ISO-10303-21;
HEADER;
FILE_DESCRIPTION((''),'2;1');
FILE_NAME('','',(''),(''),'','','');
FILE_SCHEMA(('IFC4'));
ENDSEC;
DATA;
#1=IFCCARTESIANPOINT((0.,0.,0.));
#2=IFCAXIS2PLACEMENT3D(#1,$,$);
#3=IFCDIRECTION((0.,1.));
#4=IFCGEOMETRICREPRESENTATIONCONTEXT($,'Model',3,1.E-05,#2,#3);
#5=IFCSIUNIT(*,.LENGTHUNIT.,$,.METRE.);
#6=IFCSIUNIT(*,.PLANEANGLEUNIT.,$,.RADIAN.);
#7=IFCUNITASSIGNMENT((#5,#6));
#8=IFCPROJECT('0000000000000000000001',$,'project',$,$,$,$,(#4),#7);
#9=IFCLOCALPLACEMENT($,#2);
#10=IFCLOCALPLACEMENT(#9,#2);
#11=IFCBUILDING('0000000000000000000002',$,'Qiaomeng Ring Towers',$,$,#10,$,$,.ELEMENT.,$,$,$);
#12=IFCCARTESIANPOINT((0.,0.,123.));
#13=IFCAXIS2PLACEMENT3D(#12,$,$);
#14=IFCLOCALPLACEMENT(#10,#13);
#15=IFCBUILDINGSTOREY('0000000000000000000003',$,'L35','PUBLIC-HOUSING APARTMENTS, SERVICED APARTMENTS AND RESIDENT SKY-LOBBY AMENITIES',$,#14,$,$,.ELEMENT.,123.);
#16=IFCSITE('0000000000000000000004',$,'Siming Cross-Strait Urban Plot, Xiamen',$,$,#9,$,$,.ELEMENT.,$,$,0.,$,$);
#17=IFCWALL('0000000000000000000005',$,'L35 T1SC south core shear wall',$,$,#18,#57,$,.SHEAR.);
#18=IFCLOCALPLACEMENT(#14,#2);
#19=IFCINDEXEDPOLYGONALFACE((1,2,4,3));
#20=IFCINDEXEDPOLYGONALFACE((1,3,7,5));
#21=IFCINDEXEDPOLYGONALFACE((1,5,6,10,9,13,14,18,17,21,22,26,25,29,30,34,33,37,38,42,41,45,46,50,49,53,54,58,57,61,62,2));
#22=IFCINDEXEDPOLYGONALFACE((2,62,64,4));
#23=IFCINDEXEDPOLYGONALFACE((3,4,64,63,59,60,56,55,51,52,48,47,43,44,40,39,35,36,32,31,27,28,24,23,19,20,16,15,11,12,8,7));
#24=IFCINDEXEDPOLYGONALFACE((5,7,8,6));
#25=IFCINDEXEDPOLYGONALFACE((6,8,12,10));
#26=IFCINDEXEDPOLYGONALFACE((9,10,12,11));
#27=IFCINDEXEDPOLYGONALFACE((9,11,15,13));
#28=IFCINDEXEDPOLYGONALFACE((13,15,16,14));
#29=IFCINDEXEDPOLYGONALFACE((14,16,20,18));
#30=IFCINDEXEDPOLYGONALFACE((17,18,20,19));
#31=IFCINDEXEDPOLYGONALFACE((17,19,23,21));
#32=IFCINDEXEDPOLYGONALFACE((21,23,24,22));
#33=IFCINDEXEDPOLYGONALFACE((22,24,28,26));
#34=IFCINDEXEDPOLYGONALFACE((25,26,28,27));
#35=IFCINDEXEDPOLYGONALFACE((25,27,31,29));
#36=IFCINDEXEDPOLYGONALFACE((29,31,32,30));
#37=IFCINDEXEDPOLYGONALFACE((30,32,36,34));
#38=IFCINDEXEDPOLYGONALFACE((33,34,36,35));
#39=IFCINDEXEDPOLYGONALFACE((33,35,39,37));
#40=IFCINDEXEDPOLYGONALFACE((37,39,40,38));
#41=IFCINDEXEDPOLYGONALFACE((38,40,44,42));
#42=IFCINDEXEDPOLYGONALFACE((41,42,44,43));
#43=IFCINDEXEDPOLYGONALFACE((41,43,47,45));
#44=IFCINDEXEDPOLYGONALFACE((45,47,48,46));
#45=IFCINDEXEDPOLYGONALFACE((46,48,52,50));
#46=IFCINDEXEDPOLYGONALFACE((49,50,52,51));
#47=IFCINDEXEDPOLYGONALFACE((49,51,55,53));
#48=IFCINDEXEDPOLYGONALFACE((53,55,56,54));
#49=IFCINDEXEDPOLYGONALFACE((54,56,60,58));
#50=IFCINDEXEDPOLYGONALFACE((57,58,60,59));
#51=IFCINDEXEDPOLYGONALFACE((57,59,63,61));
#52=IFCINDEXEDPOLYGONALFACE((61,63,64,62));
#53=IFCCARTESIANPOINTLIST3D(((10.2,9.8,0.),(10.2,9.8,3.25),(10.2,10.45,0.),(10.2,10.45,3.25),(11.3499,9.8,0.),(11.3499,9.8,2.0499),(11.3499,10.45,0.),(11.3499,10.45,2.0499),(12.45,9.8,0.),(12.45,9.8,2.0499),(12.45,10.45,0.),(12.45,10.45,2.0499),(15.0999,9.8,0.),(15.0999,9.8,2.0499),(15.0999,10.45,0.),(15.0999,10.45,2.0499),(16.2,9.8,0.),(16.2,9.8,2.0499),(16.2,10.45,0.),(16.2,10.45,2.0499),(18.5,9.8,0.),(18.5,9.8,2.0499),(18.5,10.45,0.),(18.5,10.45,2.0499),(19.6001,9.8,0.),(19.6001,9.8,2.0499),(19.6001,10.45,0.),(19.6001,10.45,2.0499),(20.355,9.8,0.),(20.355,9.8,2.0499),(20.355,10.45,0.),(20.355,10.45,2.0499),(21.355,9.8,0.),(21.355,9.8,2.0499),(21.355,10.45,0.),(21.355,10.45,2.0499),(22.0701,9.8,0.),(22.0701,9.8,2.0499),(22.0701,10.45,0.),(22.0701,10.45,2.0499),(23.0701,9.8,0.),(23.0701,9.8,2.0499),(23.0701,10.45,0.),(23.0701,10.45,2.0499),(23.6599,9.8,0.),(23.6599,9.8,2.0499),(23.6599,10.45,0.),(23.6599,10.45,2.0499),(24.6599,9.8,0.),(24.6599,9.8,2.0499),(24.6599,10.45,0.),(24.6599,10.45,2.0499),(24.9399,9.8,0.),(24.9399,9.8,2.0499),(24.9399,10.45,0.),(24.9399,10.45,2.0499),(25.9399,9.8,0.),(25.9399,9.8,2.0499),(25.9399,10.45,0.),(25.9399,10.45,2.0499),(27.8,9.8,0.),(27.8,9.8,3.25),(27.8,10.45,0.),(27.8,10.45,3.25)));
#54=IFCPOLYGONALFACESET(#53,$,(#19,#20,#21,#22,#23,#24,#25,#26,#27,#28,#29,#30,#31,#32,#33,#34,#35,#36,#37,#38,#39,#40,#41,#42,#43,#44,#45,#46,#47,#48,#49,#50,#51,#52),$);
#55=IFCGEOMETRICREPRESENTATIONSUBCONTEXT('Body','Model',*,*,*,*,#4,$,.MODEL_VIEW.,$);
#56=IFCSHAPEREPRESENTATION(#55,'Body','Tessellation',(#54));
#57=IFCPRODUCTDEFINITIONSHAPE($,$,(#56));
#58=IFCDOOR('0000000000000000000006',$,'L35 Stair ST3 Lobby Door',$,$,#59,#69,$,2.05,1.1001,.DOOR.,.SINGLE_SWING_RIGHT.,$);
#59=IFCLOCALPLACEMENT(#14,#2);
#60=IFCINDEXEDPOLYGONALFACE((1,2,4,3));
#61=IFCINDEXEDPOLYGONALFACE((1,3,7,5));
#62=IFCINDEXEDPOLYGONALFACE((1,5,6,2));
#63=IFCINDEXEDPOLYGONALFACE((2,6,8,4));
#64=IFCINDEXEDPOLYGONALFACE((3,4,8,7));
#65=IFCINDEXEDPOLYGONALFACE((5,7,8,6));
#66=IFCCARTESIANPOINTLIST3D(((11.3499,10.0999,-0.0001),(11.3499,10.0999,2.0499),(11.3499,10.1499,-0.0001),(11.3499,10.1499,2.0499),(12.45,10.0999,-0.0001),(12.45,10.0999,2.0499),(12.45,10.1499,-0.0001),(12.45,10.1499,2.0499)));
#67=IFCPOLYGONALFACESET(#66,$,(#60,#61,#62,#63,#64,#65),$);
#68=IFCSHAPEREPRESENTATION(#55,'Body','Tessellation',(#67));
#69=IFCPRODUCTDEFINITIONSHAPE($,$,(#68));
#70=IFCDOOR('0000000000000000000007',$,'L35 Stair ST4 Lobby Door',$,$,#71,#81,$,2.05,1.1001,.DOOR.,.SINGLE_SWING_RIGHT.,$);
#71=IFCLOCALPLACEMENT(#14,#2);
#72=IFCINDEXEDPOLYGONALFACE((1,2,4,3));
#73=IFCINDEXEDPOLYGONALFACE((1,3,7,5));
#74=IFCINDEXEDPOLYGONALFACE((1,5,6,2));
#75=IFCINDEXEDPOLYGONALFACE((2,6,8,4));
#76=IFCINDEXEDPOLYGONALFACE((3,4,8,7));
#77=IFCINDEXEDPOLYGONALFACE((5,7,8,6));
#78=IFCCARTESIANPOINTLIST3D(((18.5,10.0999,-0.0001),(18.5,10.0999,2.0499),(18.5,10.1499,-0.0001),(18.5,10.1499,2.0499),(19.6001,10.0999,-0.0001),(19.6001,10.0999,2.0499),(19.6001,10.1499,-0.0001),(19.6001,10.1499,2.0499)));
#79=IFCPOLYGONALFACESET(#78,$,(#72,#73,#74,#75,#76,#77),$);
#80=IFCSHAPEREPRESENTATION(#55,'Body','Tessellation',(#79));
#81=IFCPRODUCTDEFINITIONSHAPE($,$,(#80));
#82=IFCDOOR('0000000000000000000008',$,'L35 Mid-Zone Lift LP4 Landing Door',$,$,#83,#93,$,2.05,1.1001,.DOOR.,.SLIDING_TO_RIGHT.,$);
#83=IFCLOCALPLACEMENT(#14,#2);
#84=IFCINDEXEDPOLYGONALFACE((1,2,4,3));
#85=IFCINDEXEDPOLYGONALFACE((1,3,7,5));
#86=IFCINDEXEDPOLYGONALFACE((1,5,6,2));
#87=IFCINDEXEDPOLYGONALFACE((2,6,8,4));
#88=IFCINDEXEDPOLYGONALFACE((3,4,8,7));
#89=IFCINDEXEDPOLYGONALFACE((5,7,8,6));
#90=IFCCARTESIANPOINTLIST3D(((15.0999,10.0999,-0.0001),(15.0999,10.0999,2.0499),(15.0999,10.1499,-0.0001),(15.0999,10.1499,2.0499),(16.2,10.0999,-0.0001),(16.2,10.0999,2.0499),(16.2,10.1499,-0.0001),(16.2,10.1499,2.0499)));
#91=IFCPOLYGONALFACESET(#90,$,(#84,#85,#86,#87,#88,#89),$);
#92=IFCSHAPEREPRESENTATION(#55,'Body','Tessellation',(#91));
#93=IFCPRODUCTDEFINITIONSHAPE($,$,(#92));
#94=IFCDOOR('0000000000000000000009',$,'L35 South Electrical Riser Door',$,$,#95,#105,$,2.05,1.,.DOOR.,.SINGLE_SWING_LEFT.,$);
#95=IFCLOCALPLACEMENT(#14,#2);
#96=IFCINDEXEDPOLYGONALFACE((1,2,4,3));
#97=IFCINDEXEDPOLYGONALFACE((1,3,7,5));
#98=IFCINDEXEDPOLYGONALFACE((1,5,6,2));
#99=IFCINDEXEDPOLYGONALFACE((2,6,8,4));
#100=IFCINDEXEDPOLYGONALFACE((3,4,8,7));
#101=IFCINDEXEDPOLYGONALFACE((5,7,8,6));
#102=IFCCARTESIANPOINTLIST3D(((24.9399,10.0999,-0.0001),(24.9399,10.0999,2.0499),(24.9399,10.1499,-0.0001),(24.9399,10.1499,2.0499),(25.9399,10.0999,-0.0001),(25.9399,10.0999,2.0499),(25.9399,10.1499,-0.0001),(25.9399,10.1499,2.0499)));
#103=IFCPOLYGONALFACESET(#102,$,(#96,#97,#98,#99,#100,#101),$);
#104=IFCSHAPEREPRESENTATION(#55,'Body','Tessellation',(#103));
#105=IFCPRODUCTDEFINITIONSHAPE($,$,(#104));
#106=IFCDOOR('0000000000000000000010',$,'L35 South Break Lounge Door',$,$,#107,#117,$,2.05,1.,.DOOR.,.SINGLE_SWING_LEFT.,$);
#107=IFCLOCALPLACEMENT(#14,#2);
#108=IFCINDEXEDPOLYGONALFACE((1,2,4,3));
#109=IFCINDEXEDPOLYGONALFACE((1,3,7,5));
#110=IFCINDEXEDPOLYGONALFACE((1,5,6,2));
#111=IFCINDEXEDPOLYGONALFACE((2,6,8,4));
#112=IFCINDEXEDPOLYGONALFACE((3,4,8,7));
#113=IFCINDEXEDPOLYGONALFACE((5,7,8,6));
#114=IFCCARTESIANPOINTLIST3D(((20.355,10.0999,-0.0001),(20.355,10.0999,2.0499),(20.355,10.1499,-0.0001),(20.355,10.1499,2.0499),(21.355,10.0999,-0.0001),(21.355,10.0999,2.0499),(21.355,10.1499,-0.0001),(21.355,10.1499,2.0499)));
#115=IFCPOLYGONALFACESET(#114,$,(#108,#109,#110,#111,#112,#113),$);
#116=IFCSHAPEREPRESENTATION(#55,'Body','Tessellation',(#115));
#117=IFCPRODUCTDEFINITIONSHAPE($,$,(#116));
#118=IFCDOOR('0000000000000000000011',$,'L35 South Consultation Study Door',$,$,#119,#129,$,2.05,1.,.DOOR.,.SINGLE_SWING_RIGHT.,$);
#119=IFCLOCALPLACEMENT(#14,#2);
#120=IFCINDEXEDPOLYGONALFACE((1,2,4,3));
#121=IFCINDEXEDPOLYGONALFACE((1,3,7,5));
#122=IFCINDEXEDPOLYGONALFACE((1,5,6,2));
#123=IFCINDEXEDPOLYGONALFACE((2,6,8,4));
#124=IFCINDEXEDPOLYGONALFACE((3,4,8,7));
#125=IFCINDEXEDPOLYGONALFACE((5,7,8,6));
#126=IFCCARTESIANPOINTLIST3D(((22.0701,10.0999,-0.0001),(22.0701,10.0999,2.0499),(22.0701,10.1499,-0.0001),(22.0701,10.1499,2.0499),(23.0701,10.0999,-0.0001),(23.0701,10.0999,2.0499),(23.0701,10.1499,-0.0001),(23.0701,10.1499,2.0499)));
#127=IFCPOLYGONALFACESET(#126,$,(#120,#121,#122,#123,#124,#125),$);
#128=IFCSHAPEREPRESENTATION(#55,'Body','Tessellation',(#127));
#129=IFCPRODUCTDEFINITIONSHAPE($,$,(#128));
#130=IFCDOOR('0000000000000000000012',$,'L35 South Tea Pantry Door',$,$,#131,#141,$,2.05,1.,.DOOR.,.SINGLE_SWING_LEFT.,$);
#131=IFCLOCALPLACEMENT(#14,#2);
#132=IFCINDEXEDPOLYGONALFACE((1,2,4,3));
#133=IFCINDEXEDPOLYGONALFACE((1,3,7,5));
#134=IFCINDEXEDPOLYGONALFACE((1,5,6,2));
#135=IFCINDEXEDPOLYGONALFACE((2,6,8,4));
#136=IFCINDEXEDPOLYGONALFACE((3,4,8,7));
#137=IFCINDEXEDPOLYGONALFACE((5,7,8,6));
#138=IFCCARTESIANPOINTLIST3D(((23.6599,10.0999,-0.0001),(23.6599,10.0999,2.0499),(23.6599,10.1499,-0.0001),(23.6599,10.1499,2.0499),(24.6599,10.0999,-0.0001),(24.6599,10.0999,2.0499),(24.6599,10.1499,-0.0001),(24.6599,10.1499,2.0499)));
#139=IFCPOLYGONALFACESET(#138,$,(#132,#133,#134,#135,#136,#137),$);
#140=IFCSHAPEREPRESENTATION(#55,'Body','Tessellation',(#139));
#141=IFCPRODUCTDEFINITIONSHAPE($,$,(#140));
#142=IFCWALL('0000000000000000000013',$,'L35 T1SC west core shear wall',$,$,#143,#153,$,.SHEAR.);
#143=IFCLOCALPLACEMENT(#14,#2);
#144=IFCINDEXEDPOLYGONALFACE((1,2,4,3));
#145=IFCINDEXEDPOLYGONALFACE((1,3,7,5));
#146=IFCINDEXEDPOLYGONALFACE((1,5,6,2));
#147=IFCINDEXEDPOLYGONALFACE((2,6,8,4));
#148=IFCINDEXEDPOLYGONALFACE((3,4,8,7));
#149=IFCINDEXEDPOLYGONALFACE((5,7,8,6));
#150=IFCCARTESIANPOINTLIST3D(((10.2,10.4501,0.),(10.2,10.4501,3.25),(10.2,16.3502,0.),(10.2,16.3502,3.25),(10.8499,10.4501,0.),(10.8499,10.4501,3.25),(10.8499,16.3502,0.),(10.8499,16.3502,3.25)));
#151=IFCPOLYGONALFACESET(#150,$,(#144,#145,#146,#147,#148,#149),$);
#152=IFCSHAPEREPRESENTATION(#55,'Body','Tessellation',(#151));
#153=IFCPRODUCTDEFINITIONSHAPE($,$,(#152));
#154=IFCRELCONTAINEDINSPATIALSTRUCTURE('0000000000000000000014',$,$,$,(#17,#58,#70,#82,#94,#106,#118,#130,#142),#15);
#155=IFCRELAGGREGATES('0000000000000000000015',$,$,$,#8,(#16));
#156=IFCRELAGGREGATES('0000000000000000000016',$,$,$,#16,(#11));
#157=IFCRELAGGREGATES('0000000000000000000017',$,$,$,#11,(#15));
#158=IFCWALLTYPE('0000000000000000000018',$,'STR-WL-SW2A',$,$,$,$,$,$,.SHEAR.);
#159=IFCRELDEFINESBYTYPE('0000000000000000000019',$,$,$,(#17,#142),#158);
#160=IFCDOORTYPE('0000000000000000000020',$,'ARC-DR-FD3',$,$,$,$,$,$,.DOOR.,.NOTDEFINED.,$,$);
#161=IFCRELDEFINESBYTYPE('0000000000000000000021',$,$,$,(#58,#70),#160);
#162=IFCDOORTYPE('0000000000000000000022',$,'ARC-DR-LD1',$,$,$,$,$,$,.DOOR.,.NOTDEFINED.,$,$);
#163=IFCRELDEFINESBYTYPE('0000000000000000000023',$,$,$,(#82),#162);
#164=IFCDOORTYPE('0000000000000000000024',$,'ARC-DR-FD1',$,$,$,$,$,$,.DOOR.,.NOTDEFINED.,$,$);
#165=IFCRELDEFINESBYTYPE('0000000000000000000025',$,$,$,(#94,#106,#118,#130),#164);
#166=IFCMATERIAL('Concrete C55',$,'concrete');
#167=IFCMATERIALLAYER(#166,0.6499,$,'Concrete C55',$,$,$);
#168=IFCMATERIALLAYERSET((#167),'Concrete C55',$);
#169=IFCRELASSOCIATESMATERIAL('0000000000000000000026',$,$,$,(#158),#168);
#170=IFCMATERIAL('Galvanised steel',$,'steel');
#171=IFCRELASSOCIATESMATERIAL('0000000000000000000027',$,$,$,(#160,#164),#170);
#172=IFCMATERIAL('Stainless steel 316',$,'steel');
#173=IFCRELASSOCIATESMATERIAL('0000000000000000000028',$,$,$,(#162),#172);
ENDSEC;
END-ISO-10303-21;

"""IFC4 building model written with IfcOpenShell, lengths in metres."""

from ifc_helpers import new_model, si_unit, direction, frame, frame_2d, origin, place, context, subcontext, project, spatial, rectangle, extrude, source, transform, mapped, material, layer, layer_set, type_object, element, fill, save


model = new_model("IFC4")

# Units and contexts
model_context = context("Model", 3, precision=1e-05, world=origin(), true_north=direction((0.0, 1.0)))
body_context = subcontext(model_context, "Body", "Model", "MODEL_VIEW")
ifc_project = project(units=[si_unit("LENGTHUNIT", "METRE"), si_unit("PLANEANGLEUNIT", "RADIAN")], contexts=[model_context])

# Site, building, storey
site_placement = place(None, origin())
site = spatial("IfcSite", under=ifc_project, at=site_placement, Name="Siming Cross-Strait Urban Plot, Xiamen", CompositionType="ELEMENT", RefElevation=0.0)
building_placement = place(site_placement, origin())
building = spatial("IfcBuilding", under=site, at=building_placement, Name="Qiaomeng Ring Towers", CompositionType="ELEMENT")
storey_placement = place(building_placement, frame((0.0, 0.0, 123.0)))
storey = spatial("IfcBuildingStorey", under=building, at=storey_placement, Name="L35", Description="PUBLIC-HOUSING APARTMENTS, SERVICED APARTMENTS AND RESIDENT SKY-LOBBY AMENITIES", CompositionType="ELEMENT", Elevation=123.0)

# Shared definitions
shared_shape_1 = source(origin(), body_context, "Body", "SweptSolid", [
    extrude(rectangle(XDim=1.0, YDim=2.05, at=frame_2d((0.5, 1.0249))), frame((0.0, 0.0249, 0.0), z_axis=(0.0, -1.0, 0.0), x_axis=(1.0, 0.0, 0.0)), (0.0, 0.0, 1.0), 0.05),
])

# Wall, openings, doors
ifc_material_1 = material(Name="Concrete C55", Category="concrete")
ifc_layer_1 = layer(ifc_material_1, 0.6499, Name="Concrete C55")
ifc_layer_set_1 = layer_set([ifc_layer_1], Name="Concrete C55")
wall_type_1 = type_object("IfcWallType", Name="STR-WL-SW2A", PredefinedType="SHEAR", material=ifc_layer_set_1)
wall_1_placement = place(storey_placement, frame((10.2, 10.125, 0.0), z_axis=(0.0, 0.0, 1.0), x_axis=(1.0, 0.0, 0.0)))
wall_1 = element("IfcWall", 1, at=wall_1_placement, inside=storey, type_object=wall_type_1, Name="L35 T1SC south core shear wall", PredefinedType="SHEAR", context=body_context, shape_type="SweptSolid", body=[
    extrude(rectangle(XDim=17.6001, YDim=0.6499, at=frame_2d((8.8, 0.0))), origin(), (0.0, 0.0, 1.0), 3.25),
])
opening_1_placement = place(wall_1_placement, frame((1.1499, 0.0, 0.0)))
opening_1 = element("IfcOpeningElement", 2, at=opening_1_placement, cuts=wall_1, PredefinedType="OPENING", context=body_context, shape_type="SweptSolid", body=[
    extrude(rectangle(XDim=1.1001, YDim=2.05, at=frame_2d((0.55, 1.0249))), frame((0.0, 0.335, 0.0), z_axis=(0.0, -1.0, 0.0), x_axis=(1.0, 0.0, 0.0)), (0.0, 0.0, 1.0), 0.6699),
])
opening_2_placement = place(wall_1_placement, frame((8.3, 0.0, 0.0)))
opening_2 = element("IfcOpeningElement", 3, at=opening_2_placement, cuts=wall_1, PredefinedType="OPENING", context=body_context, shape_type="SweptSolid", body=[
    extrude(rectangle(XDim=1.1001, YDim=2.05, at=frame_2d((0.55, 1.0249))), frame((0.0, 0.335, 0.0), z_axis=(0.0, -1.0, 0.0), x_axis=(1.0, 0.0, 0.0)), (0.0, 0.0, 1.0), 0.6699),
])
opening_3_placement = place(wall_1_placement, frame((4.8999, 0.0, 0.0)))
opening_3 = element("IfcOpeningElement", 4, at=opening_3_placement, cuts=wall_1, PredefinedType="OPENING", context=body_context, shape_type="SweptSolid", body=[
    extrude(rectangle(XDim=1.1001, YDim=2.05, at=frame_2d((0.55, 1.0249))), frame((0.0, 0.335, 0.0), z_axis=(0.0, -1.0, 0.0), x_axis=(1.0, 0.0, 0.0)), (0.0, 0.0, 1.0), 0.6699),
])
opening_4_placement = place(wall_1_placement, frame((14.74, 0.0, 0.0)))
opening_4 = element("IfcOpeningElement", 5, at=opening_4_placement, cuts=wall_1, PredefinedType="OPENING", context=body_context, shape_type="SweptSolid", body=[
    extrude(rectangle(XDim=1.0, YDim=2.05, at=frame_2d((0.5, 1.0249))), frame((0.0, 0.335, 0.0), z_axis=(0.0, -1.0, 0.0), x_axis=(1.0, 0.0, 0.0)), (0.0, 0.0, 1.0), 0.6699),
])
opening_5_placement = place(wall_1_placement, frame((10.155, 0.0, 0.0)))
opening_5 = element("IfcOpeningElement", 6, at=opening_5_placement, cuts=wall_1, PredefinedType="OPENING", context=body_context, shape_type="SweptSolid", body=[
    extrude(rectangle(XDim=1.0, YDim=2.05, at=frame_2d((0.5, 1.0249))), frame((0.0, 0.335, 0.0), z_axis=(0.0, -1.0, 0.0), x_axis=(1.0, 0.0, 0.0)), (0.0, 0.0, 1.0), 0.6699),
])
opening_6_placement = place(wall_1_placement, frame((11.8701, 0.0, 0.0)))
opening_6 = element("IfcOpeningElement", 7, at=opening_6_placement, cuts=wall_1, PredefinedType="OPENING", context=body_context, shape_type="SweptSolid", body=[
    extrude(rectangle(XDim=1.0, YDim=2.05, at=frame_2d((0.5, 1.0249))), frame((0.0, 0.335, 0.0), z_axis=(0.0, -1.0, 0.0), x_axis=(1.0, 0.0, 0.0)), (0.0, 0.0, 1.0), 0.6699),
])
opening_7_placement = place(wall_1_placement, frame((13.46, 0.0, 0.0)))
opening_7 = element("IfcOpeningElement", 8, at=opening_7_placement, cuts=wall_1, PredefinedType="OPENING", context=body_context, shape_type="SweptSolid", body=[
    extrude(rectangle(XDim=1.0, YDim=2.05, at=frame_2d((0.5, 1.0249))), frame((0.0, 0.335, 0.0), z_axis=(0.0, -1.0, 0.0), x_axis=(1.0, 0.0, 0.0)), (0.0, 0.0, 1.0), 0.6699),
])
ifc_material_2 = material(Name="Galvanised steel", Category="steel")
door_type_1 = type_object("IfcDoorType", Name="ARC-DR-FD3", OperationType="NOTDEFINED", PredefinedType="DOOR", material=ifc_material_2)
shared_shape_2 = source(origin(), body_context, "Body", "SweptSolid", [
    extrude(rectangle(XDim=1.1001, YDim=2.05, at=frame_2d((0.55, 1.0249))), frame((0.0, 0.0249, 0.0), z_axis=(0.0, -1.0, 0.0), x_axis=(1.0, 0.0, 0.0)), (0.0, 0.0, 1.0), 0.05),
])
door_1_placement = place(opening_1_placement, origin())
door_1 = element("IfcDoor", 9, at=door_1_placement, inside=storey, type_object=door_type_1, Name="L35 Stair ST3 Lobby Door", OperationType="SINGLE_SWING_RIGHT", OverallHeight=2.05, OverallWidth=1.1001, PredefinedType="DOOR", context=body_context, shape_type="MappedRepresentation", body=[
    mapped(shared_shape_2, transform((0.0, 0.0, 0.0), x_axis=(1.0, 0.0, 0.0), y_axis=(0.0, 1.0, 0.0), z_axis=(0.0, 0.0, 1.0), scale=1.0)),
])
fill(opening_1, door_1)
door_2_placement = place(opening_2_placement, origin())
door_2 = element("IfcDoor", 10, at=door_2_placement, inside=storey, type_object=door_type_1, Name="L35 Stair ST4 Lobby Door", OperationType="SINGLE_SWING_RIGHT", OverallHeight=2.05, OverallWidth=1.1001, PredefinedType="DOOR", context=body_context, shape_type="MappedRepresentation", body=[
    mapped(shared_shape_2, transform((0.0, 0.0, 0.0), x_axis=(1.0, 0.0, 0.0), y_axis=(0.0, 1.0, 0.0), z_axis=(0.0, 0.0, 1.0), scale=1.0)),
])
fill(opening_2, door_2)
ifc_material_3 = material(Name="Stainless steel 316", Category="steel")
door_type_2 = type_object("IfcDoorType", Name="ARC-DR-LD1", OperationType="NOTDEFINED", PredefinedType="DOOR", material=ifc_material_3)
door_3_placement = place(opening_3_placement, origin())
door_3 = element("IfcDoor", 11, at=door_3_placement, inside=storey, type_object=door_type_2, Name="L35 Mid-Zone Lift LP4 Landing Door", OperationType="SLIDING_TO_RIGHT", OverallHeight=2.05, OverallWidth=1.1001, PredefinedType="DOOR", context=body_context, shape_type="MappedRepresentation", body=[
    mapped(shared_shape_2, transform((0.0, 0.0, 0.0), x_axis=(1.0, 0.0, 0.0), y_axis=(0.0, 1.0, 0.0), z_axis=(0.0, 0.0, 1.0), scale=1.0)),
])
fill(opening_3, door_3)
door_type_3 = type_object("IfcDoorType", Name="ARC-DR-FD1", OperationType="NOTDEFINED", PredefinedType="DOOR", material=ifc_material_2)
door_4_placement = place(opening_4_placement, origin())
door_4 = element("IfcDoor", 12, at=door_4_placement, inside=storey, type_object=door_type_3, Name="L35 South Electrical Riser Door", OperationType="SINGLE_SWING_LEFT", OverallHeight=2.05, OverallWidth=1.0, PredefinedType="DOOR", context=body_context, shape_type="MappedRepresentation", body=[
    mapped(shared_shape_1, transform((0.0, 0.0, 0.0), x_axis=(1.0, 0.0, 0.0), y_axis=(0.0, 1.0, 0.0), z_axis=(0.0, 0.0, 1.0), scale=1.0)),
])
fill(opening_4, door_4)
door_5_placement = place(opening_5_placement, origin())
door_5 = element("IfcDoor", 13, at=door_5_placement, inside=storey, type_object=door_type_3, Name="L35 South Break Lounge Door", OperationType="SINGLE_SWING_LEFT", OverallHeight=2.05, OverallWidth=1.0, PredefinedType="DOOR", context=body_context, shape_type="MappedRepresentation", body=[
    mapped(shared_shape_1, transform((0.0, 0.0, 0.0), x_axis=(1.0, 0.0, 0.0), y_axis=(0.0, 1.0, 0.0), z_axis=(0.0, 0.0, 1.0), scale=1.0)),
])
fill(opening_5, door_5)
door_6_placement = place(opening_6_placement, origin())
door_6 = element("IfcDoor", 14, at=door_6_placement, inside=storey, type_object=door_type_3, Name="L35 South Consultation Study Door", OperationType="SINGLE_SWING_RIGHT", OverallHeight=2.05, OverallWidth=1.0, PredefinedType="DOOR", context=body_context, shape_type="MappedRepresentation", body=[
    mapped(shared_shape_1, transform((0.0, 0.0, 0.0), x_axis=(1.0, 0.0, 0.0), y_axis=(0.0, 1.0, 0.0), z_axis=(0.0, 0.0, 1.0), scale=1.0)),
])
fill(opening_6, door_6)
door_7_placement = place(opening_7_placement, origin())
door_7 = element("IfcDoor", 15, at=door_7_placement, inside=storey, type_object=door_type_3, Name="L35 South Tea Pantry Door", OperationType="SINGLE_SWING_LEFT", OverallHeight=2.05, OverallWidth=1.0, PredefinedType="DOOR", context=body_context, shape_type="MappedRepresentation", body=[
    mapped(shared_shape_1, transform((0.0, 0.0, 0.0), x_axis=(1.0, 0.0, 0.0), y_axis=(0.0, 1.0, 0.0), z_axis=(0.0, 0.0, 1.0), scale=1.0)),
])
fill(opening_7, door_7)

# Wall
wall_2_placement = place(storey_placement, frame((10.5249, 10.45, 0.0), z_axis=(0.0, 0.0, 1.0), x_axis=(0.0, 1.0, 0.0)))
element("IfcWall", 16, at=wall_2_placement, inside=storey, type_object=wall_type_1, Name="L35 T1SC west core shear wall", PredefinedType="SHEAR", context=body_context, shape_type="SweptSolid", body=[
    extrude(rectangle(XDim=5.9001, YDim=0.6499, at=frame_2d((2.9502, 0.0))), origin(), (0.0, 0.0, 1.0), 3.25),
])

save(model, "model.ifc")
